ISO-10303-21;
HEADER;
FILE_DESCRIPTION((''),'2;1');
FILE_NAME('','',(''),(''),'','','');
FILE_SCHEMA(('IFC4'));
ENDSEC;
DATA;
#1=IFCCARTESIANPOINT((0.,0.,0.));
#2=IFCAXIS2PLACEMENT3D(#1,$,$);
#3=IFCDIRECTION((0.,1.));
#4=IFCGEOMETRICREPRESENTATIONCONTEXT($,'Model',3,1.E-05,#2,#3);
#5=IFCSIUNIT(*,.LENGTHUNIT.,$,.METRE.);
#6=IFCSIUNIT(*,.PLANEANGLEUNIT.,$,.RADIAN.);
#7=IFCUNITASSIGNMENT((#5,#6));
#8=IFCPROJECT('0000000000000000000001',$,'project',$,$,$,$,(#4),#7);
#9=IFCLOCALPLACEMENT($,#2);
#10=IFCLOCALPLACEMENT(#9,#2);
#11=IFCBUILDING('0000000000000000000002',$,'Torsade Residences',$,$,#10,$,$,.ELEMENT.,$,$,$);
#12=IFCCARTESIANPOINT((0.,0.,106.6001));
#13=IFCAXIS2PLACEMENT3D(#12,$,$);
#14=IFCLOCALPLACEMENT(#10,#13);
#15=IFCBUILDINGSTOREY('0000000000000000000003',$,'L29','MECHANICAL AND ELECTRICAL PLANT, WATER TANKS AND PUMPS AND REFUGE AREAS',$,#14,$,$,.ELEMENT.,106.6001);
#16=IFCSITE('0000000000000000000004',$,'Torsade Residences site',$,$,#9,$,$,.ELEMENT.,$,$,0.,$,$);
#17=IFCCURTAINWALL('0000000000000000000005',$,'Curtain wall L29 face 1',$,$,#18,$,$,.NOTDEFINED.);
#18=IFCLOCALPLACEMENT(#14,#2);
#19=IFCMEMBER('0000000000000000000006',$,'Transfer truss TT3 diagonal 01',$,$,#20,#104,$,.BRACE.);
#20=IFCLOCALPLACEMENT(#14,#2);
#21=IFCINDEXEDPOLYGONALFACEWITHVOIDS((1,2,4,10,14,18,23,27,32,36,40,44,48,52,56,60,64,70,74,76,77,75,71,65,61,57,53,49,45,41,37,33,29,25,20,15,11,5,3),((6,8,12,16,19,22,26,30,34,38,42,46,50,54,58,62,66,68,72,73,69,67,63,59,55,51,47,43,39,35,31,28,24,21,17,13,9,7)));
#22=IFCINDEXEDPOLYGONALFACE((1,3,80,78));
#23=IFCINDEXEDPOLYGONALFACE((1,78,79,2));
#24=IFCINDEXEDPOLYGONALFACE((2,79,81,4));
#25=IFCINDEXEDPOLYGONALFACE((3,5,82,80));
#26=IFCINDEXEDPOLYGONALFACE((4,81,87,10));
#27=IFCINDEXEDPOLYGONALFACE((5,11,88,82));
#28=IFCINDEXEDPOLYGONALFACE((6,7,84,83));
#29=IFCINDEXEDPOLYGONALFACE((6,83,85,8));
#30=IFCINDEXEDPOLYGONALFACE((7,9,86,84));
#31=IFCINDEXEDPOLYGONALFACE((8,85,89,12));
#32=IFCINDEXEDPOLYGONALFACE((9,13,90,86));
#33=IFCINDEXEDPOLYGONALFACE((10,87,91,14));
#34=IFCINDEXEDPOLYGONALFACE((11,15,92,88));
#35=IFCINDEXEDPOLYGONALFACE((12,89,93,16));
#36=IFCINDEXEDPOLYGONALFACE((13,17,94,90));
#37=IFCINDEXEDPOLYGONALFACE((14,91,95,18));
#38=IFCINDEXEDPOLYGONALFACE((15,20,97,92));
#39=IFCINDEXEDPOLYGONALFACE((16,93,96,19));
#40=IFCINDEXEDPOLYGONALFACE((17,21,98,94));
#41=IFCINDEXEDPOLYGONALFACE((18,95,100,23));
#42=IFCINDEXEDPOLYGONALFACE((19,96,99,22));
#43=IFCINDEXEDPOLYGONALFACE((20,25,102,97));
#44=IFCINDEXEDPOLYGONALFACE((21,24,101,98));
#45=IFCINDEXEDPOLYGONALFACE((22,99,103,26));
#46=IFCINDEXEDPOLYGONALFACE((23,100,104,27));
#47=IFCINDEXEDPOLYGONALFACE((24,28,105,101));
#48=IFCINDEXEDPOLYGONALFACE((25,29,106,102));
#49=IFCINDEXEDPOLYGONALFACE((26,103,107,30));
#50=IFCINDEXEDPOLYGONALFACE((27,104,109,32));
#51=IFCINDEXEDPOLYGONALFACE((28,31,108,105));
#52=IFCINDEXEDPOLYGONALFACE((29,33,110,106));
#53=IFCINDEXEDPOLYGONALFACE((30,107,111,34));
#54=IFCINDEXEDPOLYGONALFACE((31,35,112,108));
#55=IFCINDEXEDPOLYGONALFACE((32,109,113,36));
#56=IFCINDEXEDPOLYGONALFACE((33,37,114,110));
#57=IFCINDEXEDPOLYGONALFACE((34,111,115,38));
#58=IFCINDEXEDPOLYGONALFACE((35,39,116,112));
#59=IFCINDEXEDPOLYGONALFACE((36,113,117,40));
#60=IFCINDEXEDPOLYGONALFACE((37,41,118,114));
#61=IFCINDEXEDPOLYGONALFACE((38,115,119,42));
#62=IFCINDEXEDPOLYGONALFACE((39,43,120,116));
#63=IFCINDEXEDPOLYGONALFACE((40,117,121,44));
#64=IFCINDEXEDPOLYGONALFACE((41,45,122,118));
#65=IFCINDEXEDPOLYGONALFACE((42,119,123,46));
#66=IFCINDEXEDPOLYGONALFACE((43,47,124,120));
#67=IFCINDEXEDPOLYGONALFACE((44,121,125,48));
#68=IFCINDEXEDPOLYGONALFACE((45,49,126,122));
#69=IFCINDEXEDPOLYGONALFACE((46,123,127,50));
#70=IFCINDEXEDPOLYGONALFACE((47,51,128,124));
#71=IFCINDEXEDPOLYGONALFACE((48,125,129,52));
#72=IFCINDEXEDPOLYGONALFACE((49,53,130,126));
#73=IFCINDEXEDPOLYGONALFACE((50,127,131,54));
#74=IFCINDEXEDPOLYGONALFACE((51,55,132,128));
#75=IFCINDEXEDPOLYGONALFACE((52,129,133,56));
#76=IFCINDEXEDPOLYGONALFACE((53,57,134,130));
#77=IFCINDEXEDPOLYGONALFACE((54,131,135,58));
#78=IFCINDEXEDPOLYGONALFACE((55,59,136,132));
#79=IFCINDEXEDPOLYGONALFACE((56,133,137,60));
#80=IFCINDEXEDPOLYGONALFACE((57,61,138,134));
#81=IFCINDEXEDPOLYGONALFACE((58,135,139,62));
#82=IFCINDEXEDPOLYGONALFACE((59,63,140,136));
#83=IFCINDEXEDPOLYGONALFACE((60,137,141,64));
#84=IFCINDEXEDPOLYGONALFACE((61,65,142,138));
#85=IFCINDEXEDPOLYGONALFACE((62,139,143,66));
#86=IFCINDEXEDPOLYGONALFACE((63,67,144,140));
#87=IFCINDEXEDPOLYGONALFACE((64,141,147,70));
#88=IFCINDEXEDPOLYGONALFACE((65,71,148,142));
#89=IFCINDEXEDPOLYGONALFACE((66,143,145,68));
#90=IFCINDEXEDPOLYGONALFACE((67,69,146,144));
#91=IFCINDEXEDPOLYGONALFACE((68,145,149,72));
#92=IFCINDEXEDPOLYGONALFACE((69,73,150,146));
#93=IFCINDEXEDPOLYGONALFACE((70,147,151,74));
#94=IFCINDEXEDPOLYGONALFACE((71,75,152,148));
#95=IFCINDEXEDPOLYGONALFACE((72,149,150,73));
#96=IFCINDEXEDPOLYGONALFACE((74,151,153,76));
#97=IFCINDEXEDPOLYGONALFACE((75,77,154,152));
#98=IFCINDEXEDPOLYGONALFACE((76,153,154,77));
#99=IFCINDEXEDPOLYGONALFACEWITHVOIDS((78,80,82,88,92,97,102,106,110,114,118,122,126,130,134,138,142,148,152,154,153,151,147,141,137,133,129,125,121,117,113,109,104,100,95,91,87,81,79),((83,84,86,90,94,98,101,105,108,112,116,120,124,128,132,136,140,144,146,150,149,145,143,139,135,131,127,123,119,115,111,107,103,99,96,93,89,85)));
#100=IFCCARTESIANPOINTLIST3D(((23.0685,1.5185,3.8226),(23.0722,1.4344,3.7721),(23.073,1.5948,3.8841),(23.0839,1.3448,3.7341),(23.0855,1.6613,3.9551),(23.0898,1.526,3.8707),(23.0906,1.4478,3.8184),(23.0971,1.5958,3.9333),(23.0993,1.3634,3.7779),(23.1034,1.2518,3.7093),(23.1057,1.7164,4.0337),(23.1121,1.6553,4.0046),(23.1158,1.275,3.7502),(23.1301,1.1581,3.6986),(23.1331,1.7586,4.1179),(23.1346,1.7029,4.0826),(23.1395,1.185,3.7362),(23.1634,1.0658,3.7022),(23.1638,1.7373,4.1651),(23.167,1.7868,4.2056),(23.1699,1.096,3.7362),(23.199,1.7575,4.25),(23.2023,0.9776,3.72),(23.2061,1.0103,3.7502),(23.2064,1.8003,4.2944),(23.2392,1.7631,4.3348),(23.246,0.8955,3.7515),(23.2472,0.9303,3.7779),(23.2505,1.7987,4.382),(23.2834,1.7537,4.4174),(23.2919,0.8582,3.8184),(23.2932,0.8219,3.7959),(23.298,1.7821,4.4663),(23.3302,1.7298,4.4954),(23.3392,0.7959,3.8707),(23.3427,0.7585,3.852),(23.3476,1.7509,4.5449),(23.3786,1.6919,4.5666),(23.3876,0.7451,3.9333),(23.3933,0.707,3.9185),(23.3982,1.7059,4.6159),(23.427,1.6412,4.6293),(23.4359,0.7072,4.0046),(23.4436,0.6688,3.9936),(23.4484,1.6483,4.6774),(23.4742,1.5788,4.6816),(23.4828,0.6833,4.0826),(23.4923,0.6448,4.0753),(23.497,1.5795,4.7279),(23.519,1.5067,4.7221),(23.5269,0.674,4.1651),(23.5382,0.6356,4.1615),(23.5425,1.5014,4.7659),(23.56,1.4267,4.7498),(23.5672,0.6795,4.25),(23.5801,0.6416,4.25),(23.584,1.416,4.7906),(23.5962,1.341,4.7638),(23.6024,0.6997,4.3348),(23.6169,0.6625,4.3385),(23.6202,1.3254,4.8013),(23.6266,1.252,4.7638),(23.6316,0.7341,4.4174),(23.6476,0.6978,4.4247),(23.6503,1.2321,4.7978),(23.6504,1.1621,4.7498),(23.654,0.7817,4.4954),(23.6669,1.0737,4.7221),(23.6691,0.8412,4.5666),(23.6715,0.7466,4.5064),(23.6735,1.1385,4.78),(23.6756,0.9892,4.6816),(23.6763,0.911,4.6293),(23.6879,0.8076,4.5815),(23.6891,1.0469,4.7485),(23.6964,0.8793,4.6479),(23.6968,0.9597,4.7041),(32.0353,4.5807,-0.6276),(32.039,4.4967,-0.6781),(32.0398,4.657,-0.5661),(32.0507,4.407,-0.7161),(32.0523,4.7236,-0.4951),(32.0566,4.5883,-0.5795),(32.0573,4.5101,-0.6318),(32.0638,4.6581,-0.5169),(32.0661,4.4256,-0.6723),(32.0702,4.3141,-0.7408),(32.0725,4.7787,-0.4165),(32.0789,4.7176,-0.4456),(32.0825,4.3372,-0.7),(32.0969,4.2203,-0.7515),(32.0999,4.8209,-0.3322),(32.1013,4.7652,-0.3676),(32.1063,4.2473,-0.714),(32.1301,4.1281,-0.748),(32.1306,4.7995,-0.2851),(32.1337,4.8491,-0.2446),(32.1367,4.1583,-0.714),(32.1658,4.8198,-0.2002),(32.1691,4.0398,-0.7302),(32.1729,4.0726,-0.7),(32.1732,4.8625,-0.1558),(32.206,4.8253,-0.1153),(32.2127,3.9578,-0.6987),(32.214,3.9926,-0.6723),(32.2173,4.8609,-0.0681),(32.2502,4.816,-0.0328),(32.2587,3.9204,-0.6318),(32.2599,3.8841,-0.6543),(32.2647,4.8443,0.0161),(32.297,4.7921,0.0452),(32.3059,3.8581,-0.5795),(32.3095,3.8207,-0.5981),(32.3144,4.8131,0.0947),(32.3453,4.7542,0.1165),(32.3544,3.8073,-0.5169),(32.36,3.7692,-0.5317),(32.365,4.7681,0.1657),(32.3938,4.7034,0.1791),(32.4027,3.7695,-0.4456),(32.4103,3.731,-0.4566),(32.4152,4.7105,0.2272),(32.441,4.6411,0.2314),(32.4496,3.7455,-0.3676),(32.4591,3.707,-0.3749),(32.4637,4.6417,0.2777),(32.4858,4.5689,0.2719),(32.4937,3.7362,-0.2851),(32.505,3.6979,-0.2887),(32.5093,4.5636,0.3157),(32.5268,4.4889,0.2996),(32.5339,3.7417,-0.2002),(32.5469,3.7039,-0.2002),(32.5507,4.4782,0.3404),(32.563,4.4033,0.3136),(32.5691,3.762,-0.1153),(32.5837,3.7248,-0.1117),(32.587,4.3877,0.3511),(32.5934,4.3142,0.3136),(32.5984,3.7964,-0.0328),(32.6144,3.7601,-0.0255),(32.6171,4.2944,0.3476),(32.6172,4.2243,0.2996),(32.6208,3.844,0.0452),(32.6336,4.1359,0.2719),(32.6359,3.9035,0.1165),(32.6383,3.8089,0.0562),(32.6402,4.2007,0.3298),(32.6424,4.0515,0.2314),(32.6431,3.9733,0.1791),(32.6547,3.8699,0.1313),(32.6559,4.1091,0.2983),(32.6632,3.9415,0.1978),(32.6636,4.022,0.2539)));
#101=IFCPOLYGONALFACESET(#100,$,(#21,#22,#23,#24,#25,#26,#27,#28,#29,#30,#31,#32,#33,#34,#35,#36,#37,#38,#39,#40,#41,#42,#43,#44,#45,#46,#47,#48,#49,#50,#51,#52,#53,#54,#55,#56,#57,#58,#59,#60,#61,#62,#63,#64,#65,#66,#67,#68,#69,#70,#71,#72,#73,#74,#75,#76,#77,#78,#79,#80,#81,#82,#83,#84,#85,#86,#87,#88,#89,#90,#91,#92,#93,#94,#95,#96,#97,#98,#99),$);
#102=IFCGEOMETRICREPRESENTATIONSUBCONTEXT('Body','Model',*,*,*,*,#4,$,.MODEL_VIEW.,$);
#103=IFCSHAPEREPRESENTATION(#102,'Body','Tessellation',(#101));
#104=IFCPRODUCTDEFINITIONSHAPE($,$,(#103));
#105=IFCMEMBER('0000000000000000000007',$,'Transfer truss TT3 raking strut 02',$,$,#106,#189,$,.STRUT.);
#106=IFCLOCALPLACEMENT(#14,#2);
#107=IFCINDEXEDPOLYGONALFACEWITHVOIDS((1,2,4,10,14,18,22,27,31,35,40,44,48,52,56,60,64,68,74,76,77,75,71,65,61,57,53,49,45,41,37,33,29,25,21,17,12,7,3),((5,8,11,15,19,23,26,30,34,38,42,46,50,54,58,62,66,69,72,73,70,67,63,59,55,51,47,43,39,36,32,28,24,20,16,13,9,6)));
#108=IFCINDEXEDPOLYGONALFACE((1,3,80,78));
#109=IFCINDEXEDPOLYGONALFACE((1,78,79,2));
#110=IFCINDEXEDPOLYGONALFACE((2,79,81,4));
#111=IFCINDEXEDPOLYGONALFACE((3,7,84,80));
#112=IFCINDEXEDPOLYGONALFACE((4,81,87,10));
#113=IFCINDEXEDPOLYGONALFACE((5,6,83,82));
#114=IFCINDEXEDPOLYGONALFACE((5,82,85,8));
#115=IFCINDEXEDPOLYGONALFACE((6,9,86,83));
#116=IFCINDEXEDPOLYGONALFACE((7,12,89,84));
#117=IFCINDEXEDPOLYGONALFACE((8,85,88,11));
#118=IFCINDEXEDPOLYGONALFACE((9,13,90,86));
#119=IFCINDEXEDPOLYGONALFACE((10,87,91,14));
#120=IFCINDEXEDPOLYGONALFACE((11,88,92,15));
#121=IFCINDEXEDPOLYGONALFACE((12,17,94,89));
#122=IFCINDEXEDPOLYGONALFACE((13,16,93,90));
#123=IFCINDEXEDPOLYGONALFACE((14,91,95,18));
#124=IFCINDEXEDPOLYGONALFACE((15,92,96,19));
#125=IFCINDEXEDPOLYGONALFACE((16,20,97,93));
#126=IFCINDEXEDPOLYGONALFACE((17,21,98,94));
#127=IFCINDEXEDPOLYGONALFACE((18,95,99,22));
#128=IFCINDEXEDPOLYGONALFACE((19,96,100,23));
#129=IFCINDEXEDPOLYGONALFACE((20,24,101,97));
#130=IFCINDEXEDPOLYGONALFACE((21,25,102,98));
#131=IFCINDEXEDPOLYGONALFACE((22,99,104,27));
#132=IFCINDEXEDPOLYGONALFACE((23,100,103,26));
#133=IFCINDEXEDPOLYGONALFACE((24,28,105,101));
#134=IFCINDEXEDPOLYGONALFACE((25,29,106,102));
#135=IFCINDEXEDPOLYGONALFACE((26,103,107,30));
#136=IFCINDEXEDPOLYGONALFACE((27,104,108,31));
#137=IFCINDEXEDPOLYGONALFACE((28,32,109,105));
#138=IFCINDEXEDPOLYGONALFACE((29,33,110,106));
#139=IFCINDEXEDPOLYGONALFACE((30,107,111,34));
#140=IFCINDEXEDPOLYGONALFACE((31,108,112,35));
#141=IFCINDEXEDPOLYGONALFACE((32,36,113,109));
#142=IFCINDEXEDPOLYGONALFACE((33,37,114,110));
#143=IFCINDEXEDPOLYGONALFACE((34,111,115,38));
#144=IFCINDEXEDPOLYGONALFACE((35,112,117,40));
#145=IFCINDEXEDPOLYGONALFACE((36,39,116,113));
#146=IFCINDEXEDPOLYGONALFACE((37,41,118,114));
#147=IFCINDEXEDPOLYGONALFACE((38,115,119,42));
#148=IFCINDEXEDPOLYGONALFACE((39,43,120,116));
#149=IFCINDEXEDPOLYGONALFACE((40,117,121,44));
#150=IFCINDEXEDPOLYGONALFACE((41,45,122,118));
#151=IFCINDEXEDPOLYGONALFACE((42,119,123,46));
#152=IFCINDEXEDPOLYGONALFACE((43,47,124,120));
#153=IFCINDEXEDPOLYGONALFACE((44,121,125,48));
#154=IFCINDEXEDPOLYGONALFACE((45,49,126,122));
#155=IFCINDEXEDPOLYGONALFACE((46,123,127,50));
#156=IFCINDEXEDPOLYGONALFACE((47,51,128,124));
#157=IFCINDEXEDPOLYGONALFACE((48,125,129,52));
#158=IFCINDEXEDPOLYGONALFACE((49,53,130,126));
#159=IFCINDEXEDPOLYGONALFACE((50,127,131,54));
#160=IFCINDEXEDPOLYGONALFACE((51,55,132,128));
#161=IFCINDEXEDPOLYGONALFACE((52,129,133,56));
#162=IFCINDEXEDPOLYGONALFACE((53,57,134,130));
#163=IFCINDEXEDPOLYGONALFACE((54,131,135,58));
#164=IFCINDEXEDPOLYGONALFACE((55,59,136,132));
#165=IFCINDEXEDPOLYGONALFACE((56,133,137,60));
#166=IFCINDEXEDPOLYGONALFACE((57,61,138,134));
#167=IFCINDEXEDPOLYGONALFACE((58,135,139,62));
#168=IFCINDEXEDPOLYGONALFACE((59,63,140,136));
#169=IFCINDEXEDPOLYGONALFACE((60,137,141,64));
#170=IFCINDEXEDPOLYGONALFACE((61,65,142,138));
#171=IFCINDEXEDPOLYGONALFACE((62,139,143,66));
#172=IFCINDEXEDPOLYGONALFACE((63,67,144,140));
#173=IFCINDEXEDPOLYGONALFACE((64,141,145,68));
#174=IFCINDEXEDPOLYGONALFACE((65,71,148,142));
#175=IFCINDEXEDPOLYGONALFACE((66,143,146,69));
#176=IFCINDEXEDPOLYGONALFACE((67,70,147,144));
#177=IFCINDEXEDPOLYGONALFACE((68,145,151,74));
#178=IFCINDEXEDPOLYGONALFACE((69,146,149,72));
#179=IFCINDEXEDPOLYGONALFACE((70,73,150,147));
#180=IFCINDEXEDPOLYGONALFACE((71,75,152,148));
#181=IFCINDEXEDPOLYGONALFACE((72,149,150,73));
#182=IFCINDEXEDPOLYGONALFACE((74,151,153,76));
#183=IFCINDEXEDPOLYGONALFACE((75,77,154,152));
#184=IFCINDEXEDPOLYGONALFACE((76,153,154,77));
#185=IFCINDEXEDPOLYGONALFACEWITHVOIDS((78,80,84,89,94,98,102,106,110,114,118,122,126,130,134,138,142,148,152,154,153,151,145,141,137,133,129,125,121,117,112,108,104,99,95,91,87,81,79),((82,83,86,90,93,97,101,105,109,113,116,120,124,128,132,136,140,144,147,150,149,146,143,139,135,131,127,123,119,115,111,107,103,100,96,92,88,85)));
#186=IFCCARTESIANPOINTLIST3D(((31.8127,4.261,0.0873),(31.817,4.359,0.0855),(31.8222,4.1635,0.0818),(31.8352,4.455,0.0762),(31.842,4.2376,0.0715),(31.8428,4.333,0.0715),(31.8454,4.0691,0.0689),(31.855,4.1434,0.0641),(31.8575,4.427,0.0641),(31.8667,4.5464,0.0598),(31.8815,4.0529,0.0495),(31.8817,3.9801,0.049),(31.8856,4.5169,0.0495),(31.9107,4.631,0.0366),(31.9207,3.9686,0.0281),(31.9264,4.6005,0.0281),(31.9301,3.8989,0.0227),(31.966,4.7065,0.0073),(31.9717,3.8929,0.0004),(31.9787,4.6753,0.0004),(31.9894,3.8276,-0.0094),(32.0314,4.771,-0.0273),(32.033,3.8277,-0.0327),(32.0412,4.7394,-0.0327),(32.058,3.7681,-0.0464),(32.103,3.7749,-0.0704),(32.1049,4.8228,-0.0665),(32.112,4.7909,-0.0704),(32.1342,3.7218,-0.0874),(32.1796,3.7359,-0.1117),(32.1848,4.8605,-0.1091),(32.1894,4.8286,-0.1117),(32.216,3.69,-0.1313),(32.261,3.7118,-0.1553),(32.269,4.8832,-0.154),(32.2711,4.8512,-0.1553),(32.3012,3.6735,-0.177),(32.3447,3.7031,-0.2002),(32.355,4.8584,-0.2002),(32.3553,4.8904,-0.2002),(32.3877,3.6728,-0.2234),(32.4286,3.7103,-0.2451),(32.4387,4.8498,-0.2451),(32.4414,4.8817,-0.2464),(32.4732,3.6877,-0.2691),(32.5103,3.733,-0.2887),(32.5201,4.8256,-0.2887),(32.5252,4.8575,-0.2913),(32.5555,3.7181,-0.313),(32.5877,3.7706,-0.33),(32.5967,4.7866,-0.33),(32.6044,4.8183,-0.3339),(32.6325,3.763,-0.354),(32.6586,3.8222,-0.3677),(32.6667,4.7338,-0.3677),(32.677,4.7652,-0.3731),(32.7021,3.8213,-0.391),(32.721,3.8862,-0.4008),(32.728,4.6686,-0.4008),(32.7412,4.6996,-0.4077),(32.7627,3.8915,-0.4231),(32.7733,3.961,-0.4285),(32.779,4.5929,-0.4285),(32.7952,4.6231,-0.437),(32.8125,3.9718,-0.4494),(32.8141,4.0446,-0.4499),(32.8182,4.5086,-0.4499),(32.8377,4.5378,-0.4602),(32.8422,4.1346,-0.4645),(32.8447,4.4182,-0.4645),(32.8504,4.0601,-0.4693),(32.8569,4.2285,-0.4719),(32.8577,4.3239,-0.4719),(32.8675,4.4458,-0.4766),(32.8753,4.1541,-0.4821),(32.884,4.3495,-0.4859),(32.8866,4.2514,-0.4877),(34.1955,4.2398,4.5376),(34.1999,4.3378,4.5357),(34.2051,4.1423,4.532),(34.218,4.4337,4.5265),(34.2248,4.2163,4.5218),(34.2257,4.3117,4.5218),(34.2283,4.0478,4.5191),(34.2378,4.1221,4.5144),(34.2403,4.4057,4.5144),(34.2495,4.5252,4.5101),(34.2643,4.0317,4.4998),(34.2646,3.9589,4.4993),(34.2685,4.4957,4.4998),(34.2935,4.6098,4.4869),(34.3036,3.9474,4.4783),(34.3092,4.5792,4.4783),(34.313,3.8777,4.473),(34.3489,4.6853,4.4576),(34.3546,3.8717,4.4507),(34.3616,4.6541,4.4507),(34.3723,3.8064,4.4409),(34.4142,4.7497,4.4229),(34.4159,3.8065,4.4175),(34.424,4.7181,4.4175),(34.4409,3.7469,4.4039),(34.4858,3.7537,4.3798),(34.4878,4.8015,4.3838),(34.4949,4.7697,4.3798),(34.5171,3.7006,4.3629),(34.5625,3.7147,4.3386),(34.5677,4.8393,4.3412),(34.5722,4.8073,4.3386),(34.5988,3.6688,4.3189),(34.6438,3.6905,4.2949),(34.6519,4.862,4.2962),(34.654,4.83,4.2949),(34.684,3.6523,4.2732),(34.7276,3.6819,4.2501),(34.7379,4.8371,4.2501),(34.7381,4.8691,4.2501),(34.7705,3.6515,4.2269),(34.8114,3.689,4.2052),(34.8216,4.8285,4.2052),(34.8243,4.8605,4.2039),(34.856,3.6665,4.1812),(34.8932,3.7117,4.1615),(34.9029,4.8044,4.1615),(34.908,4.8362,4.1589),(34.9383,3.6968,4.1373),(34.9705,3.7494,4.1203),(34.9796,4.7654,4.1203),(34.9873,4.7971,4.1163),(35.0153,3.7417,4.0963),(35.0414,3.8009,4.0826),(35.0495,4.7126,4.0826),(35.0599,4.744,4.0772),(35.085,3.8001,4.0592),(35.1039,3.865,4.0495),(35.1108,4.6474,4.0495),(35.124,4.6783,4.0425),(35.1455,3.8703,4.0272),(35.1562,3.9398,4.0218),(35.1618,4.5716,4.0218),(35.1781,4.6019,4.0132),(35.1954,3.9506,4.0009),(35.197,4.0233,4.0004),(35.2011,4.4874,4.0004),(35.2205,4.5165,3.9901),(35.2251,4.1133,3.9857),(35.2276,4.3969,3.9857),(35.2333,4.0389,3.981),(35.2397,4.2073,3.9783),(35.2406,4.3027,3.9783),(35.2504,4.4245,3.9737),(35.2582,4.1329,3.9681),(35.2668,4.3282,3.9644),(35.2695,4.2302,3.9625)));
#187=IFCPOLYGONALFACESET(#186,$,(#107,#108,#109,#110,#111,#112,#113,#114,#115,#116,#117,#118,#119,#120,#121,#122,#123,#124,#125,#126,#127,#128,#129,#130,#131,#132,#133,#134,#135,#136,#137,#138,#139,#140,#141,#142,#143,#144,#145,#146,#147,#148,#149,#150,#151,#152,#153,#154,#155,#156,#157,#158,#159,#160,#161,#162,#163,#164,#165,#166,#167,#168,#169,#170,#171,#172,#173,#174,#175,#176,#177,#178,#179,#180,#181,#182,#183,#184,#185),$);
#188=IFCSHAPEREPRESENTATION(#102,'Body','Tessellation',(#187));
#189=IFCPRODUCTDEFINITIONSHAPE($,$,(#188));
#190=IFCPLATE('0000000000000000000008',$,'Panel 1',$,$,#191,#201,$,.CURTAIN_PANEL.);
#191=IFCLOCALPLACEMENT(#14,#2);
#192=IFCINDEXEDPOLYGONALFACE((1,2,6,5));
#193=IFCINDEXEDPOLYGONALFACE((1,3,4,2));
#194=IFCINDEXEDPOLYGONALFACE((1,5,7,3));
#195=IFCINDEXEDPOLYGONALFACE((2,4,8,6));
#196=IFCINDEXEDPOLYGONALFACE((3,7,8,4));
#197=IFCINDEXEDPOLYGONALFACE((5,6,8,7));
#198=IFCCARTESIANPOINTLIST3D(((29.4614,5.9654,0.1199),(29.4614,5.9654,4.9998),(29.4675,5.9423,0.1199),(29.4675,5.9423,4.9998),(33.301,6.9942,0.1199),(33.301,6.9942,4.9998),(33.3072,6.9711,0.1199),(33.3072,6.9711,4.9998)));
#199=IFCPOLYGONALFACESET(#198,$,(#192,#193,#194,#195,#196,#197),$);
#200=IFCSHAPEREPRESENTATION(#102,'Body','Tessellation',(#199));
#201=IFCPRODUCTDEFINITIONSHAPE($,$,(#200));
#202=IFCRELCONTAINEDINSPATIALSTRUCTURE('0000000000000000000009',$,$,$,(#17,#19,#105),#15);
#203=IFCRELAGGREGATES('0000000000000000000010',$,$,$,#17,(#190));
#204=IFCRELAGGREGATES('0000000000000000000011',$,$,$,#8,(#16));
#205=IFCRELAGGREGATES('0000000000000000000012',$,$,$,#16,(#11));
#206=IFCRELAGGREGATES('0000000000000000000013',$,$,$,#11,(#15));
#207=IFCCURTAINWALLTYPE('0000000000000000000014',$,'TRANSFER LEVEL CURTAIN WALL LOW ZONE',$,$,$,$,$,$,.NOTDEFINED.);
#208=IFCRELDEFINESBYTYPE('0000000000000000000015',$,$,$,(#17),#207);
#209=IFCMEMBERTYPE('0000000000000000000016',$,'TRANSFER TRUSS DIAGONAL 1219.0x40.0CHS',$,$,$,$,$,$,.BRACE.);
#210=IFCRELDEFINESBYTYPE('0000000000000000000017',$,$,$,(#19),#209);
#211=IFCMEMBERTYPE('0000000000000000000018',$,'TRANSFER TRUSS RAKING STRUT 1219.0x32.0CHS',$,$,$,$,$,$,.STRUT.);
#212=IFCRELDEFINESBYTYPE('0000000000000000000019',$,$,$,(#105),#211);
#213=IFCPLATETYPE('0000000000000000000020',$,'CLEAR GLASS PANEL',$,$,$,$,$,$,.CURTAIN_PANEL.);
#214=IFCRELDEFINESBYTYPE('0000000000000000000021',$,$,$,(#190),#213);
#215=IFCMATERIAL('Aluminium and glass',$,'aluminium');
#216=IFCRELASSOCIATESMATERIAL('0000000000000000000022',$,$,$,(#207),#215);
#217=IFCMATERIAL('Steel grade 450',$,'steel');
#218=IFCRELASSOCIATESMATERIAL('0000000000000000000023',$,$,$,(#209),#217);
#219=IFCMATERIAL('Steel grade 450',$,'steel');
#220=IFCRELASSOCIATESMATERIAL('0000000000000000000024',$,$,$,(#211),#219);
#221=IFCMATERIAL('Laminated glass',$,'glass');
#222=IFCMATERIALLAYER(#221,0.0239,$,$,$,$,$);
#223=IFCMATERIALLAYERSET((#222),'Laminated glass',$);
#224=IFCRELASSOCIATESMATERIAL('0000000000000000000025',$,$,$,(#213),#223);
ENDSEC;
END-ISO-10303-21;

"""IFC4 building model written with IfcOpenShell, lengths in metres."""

from ifc_helpers import new_model, si_unit, direction, frame, origin, origin_2d, place, context, subcontext, project, spatial, rectangle, hollow_circle, extrude, material, layer, layer_set, material_profile, profile_set, type_object, element, aggregate, save


model = new_model("IFC4")

# Units and contexts
model_context = context("Model", 3, precision=1e-05, world=origin(), true_north=direction((0.0, 1.0)))
body_context = subcontext(model_context, "Body", "Model", "MODEL_VIEW")
ifc_project = project(units=[si_unit("LENGTHUNIT", "METRE"), si_unit("PLANEANGLEUNIT", "RADIAN")], contexts=[model_context])

# Site, building, storey
site_placement = place(None, origin())
site = spatial("IfcSite", under=ifc_project, at=site_placement, Name="Torsade Residences site", CompositionType="ELEMENT", RefElevation=0.0)
building_placement = place(site_placement, origin())
building = spatial("IfcBuilding", under=site, at=building_placement, Name="Torsade Residences", CompositionType="ELEMENT")
storey_placement = place(building_placement, frame((0.0, 0.0, 106.6001)))
storey = spatial("IfcBuildingStorey", under=building, at=storey_placement, Name="L29", Description="MECHANICAL AND ELECTRICAL PLANT, WATER TANKS AND PUMPS AND REFUGE AREAS", CompositionType="ELEMENT", Elevation=106.6001)

# Curtain wall
ifc_material_1 = material(Name="Aluminium and glass", Category="aluminium")
curtain_wall_type = type_object("IfcCurtainWallType", Name="TRANSFER LEVEL CURTAIN WALL LOW ZONE", PredefinedType="NOTDEFINED", material=ifc_material_1)
curtain_wall_1_placement = place(storey_placement, origin())
curtain_wall_1 = element("IfcCurtainWall", 1, at=curtain_wall_1_placement, inside=storey, type_object=curtain_wall_type, Name="Curtain wall L29 face 1", PredefinedType="NOTDEFINED")

# Members
ifc_material_2 = material(Name="Steel grade 450", Category="steel")
ifc_material_profile_1 = material_profile(ifc_material_2, hollow_circle(Radius=0.6096, WallThickness=0.04, at=origin_2d()), Name="1219.0x40.0CHS")
ifc_profile_set_1 = profile_set([ifc_material_profile_1], Name="Steel grade 450")
member_type_1 = type_object("IfcMemberType", Name="TRANSFER TRUSS DIAGONAL 1219.0x40.0CHS", PredefinedType="BRACE", material=ifc_profile_set_1)
member_1_placement = place(storey_placement, frame((32.3499, 4.2808, -0.2002), z_axis=(-0.856567, -0.292527, 0.425112), x_axis=(0.323184, -0.946336, 0.0)))
element("IfcMember", 2, at=member_1_placement, inside=storey, type_object=member_type_1, Name="Transfer truss TT3 diagonal 01", PredefinedType="BRACE", context=body_context, shape_type="SweptSolid", body=[
    extrude(hollow_circle(Radius=0.6096, WallThickness=0.04, at=origin_2d()), origin(), (0.0, 0.0, 1.0), 10.4683),
])
ifc_material_3 = material(Name="Steel grade 450", Category="steel")
ifc_material_profile_2 = material_profile(ifc_material_3, hollow_circle(Radius=0.6096, WallThickness=0.032, at=origin_2d()), Name="1219.0x32.0CHS")
ifc_profile_set_2 = profile_set([ifc_material_profile_2], Name="Steel grade 450")
member_type_2 = type_object("IfcMemberType", Name="TRANSFER TRUSS RAKING STRUT 1219.0x32.0CHS", PredefinedType="STRUT", material=ifc_profile_set_2)
member_2_placement = place(storey_placement, frame((32.3499, 4.2808, -0.2002), z_axis=(0.472029, -0.004208, 0.881573), x_axis=(0.008914, 0.99996, 0.0)))
element("IfcMember", 3, at=member_2_placement, inside=storey, type_object=member_type_2, Name="Transfer truss TT3 raking strut 02", PredefinedType="STRUT", context=body_context, shape_type="SweptSolid", body=[
    extrude(hollow_circle(Radius=0.6096, WallThickness=0.032, at=origin_2d()), origin(), (0.0, 0.0, 1.0), 5.0481),
])

# Plate
ifc_material_4 = material(Name="Laminated glass", Category="glass")
ifc_layer_1 = layer(ifc_material_4, 0.0239)
ifc_layer_set_1 = layer_set([ifc_layer_1], Name="Laminated glass")
plate_type = type_object("IfcPlateType", Name="CLEAR GLASS PANEL", PredefinedType="CURTAIN_PANEL", material=ifc_layer_set_1)
plate_1_placement = place(storey_placement, frame((31.3843, 6.4683, 0.1199), z_axis=(0.0, 0.0, 1.0), x_axis=(0.965926, 0.258819, 0.0)))
plate_1 = element("IfcPlate", 4, at=plate_1_placement, type_object=plate_type, Name="Panel 1", PredefinedType="CURTAIN_PANEL", context=body_context, shape_type="SweptSolid", body=[
    extrude(rectangle(XDim=3.9751, YDim=0.0239, at=origin_2d()), origin(), (0.0, 0.0, 1.0), 4.8799),
])
aggregate(curtain_wall_1, [plate_1])

save(model, "model.ifc")
